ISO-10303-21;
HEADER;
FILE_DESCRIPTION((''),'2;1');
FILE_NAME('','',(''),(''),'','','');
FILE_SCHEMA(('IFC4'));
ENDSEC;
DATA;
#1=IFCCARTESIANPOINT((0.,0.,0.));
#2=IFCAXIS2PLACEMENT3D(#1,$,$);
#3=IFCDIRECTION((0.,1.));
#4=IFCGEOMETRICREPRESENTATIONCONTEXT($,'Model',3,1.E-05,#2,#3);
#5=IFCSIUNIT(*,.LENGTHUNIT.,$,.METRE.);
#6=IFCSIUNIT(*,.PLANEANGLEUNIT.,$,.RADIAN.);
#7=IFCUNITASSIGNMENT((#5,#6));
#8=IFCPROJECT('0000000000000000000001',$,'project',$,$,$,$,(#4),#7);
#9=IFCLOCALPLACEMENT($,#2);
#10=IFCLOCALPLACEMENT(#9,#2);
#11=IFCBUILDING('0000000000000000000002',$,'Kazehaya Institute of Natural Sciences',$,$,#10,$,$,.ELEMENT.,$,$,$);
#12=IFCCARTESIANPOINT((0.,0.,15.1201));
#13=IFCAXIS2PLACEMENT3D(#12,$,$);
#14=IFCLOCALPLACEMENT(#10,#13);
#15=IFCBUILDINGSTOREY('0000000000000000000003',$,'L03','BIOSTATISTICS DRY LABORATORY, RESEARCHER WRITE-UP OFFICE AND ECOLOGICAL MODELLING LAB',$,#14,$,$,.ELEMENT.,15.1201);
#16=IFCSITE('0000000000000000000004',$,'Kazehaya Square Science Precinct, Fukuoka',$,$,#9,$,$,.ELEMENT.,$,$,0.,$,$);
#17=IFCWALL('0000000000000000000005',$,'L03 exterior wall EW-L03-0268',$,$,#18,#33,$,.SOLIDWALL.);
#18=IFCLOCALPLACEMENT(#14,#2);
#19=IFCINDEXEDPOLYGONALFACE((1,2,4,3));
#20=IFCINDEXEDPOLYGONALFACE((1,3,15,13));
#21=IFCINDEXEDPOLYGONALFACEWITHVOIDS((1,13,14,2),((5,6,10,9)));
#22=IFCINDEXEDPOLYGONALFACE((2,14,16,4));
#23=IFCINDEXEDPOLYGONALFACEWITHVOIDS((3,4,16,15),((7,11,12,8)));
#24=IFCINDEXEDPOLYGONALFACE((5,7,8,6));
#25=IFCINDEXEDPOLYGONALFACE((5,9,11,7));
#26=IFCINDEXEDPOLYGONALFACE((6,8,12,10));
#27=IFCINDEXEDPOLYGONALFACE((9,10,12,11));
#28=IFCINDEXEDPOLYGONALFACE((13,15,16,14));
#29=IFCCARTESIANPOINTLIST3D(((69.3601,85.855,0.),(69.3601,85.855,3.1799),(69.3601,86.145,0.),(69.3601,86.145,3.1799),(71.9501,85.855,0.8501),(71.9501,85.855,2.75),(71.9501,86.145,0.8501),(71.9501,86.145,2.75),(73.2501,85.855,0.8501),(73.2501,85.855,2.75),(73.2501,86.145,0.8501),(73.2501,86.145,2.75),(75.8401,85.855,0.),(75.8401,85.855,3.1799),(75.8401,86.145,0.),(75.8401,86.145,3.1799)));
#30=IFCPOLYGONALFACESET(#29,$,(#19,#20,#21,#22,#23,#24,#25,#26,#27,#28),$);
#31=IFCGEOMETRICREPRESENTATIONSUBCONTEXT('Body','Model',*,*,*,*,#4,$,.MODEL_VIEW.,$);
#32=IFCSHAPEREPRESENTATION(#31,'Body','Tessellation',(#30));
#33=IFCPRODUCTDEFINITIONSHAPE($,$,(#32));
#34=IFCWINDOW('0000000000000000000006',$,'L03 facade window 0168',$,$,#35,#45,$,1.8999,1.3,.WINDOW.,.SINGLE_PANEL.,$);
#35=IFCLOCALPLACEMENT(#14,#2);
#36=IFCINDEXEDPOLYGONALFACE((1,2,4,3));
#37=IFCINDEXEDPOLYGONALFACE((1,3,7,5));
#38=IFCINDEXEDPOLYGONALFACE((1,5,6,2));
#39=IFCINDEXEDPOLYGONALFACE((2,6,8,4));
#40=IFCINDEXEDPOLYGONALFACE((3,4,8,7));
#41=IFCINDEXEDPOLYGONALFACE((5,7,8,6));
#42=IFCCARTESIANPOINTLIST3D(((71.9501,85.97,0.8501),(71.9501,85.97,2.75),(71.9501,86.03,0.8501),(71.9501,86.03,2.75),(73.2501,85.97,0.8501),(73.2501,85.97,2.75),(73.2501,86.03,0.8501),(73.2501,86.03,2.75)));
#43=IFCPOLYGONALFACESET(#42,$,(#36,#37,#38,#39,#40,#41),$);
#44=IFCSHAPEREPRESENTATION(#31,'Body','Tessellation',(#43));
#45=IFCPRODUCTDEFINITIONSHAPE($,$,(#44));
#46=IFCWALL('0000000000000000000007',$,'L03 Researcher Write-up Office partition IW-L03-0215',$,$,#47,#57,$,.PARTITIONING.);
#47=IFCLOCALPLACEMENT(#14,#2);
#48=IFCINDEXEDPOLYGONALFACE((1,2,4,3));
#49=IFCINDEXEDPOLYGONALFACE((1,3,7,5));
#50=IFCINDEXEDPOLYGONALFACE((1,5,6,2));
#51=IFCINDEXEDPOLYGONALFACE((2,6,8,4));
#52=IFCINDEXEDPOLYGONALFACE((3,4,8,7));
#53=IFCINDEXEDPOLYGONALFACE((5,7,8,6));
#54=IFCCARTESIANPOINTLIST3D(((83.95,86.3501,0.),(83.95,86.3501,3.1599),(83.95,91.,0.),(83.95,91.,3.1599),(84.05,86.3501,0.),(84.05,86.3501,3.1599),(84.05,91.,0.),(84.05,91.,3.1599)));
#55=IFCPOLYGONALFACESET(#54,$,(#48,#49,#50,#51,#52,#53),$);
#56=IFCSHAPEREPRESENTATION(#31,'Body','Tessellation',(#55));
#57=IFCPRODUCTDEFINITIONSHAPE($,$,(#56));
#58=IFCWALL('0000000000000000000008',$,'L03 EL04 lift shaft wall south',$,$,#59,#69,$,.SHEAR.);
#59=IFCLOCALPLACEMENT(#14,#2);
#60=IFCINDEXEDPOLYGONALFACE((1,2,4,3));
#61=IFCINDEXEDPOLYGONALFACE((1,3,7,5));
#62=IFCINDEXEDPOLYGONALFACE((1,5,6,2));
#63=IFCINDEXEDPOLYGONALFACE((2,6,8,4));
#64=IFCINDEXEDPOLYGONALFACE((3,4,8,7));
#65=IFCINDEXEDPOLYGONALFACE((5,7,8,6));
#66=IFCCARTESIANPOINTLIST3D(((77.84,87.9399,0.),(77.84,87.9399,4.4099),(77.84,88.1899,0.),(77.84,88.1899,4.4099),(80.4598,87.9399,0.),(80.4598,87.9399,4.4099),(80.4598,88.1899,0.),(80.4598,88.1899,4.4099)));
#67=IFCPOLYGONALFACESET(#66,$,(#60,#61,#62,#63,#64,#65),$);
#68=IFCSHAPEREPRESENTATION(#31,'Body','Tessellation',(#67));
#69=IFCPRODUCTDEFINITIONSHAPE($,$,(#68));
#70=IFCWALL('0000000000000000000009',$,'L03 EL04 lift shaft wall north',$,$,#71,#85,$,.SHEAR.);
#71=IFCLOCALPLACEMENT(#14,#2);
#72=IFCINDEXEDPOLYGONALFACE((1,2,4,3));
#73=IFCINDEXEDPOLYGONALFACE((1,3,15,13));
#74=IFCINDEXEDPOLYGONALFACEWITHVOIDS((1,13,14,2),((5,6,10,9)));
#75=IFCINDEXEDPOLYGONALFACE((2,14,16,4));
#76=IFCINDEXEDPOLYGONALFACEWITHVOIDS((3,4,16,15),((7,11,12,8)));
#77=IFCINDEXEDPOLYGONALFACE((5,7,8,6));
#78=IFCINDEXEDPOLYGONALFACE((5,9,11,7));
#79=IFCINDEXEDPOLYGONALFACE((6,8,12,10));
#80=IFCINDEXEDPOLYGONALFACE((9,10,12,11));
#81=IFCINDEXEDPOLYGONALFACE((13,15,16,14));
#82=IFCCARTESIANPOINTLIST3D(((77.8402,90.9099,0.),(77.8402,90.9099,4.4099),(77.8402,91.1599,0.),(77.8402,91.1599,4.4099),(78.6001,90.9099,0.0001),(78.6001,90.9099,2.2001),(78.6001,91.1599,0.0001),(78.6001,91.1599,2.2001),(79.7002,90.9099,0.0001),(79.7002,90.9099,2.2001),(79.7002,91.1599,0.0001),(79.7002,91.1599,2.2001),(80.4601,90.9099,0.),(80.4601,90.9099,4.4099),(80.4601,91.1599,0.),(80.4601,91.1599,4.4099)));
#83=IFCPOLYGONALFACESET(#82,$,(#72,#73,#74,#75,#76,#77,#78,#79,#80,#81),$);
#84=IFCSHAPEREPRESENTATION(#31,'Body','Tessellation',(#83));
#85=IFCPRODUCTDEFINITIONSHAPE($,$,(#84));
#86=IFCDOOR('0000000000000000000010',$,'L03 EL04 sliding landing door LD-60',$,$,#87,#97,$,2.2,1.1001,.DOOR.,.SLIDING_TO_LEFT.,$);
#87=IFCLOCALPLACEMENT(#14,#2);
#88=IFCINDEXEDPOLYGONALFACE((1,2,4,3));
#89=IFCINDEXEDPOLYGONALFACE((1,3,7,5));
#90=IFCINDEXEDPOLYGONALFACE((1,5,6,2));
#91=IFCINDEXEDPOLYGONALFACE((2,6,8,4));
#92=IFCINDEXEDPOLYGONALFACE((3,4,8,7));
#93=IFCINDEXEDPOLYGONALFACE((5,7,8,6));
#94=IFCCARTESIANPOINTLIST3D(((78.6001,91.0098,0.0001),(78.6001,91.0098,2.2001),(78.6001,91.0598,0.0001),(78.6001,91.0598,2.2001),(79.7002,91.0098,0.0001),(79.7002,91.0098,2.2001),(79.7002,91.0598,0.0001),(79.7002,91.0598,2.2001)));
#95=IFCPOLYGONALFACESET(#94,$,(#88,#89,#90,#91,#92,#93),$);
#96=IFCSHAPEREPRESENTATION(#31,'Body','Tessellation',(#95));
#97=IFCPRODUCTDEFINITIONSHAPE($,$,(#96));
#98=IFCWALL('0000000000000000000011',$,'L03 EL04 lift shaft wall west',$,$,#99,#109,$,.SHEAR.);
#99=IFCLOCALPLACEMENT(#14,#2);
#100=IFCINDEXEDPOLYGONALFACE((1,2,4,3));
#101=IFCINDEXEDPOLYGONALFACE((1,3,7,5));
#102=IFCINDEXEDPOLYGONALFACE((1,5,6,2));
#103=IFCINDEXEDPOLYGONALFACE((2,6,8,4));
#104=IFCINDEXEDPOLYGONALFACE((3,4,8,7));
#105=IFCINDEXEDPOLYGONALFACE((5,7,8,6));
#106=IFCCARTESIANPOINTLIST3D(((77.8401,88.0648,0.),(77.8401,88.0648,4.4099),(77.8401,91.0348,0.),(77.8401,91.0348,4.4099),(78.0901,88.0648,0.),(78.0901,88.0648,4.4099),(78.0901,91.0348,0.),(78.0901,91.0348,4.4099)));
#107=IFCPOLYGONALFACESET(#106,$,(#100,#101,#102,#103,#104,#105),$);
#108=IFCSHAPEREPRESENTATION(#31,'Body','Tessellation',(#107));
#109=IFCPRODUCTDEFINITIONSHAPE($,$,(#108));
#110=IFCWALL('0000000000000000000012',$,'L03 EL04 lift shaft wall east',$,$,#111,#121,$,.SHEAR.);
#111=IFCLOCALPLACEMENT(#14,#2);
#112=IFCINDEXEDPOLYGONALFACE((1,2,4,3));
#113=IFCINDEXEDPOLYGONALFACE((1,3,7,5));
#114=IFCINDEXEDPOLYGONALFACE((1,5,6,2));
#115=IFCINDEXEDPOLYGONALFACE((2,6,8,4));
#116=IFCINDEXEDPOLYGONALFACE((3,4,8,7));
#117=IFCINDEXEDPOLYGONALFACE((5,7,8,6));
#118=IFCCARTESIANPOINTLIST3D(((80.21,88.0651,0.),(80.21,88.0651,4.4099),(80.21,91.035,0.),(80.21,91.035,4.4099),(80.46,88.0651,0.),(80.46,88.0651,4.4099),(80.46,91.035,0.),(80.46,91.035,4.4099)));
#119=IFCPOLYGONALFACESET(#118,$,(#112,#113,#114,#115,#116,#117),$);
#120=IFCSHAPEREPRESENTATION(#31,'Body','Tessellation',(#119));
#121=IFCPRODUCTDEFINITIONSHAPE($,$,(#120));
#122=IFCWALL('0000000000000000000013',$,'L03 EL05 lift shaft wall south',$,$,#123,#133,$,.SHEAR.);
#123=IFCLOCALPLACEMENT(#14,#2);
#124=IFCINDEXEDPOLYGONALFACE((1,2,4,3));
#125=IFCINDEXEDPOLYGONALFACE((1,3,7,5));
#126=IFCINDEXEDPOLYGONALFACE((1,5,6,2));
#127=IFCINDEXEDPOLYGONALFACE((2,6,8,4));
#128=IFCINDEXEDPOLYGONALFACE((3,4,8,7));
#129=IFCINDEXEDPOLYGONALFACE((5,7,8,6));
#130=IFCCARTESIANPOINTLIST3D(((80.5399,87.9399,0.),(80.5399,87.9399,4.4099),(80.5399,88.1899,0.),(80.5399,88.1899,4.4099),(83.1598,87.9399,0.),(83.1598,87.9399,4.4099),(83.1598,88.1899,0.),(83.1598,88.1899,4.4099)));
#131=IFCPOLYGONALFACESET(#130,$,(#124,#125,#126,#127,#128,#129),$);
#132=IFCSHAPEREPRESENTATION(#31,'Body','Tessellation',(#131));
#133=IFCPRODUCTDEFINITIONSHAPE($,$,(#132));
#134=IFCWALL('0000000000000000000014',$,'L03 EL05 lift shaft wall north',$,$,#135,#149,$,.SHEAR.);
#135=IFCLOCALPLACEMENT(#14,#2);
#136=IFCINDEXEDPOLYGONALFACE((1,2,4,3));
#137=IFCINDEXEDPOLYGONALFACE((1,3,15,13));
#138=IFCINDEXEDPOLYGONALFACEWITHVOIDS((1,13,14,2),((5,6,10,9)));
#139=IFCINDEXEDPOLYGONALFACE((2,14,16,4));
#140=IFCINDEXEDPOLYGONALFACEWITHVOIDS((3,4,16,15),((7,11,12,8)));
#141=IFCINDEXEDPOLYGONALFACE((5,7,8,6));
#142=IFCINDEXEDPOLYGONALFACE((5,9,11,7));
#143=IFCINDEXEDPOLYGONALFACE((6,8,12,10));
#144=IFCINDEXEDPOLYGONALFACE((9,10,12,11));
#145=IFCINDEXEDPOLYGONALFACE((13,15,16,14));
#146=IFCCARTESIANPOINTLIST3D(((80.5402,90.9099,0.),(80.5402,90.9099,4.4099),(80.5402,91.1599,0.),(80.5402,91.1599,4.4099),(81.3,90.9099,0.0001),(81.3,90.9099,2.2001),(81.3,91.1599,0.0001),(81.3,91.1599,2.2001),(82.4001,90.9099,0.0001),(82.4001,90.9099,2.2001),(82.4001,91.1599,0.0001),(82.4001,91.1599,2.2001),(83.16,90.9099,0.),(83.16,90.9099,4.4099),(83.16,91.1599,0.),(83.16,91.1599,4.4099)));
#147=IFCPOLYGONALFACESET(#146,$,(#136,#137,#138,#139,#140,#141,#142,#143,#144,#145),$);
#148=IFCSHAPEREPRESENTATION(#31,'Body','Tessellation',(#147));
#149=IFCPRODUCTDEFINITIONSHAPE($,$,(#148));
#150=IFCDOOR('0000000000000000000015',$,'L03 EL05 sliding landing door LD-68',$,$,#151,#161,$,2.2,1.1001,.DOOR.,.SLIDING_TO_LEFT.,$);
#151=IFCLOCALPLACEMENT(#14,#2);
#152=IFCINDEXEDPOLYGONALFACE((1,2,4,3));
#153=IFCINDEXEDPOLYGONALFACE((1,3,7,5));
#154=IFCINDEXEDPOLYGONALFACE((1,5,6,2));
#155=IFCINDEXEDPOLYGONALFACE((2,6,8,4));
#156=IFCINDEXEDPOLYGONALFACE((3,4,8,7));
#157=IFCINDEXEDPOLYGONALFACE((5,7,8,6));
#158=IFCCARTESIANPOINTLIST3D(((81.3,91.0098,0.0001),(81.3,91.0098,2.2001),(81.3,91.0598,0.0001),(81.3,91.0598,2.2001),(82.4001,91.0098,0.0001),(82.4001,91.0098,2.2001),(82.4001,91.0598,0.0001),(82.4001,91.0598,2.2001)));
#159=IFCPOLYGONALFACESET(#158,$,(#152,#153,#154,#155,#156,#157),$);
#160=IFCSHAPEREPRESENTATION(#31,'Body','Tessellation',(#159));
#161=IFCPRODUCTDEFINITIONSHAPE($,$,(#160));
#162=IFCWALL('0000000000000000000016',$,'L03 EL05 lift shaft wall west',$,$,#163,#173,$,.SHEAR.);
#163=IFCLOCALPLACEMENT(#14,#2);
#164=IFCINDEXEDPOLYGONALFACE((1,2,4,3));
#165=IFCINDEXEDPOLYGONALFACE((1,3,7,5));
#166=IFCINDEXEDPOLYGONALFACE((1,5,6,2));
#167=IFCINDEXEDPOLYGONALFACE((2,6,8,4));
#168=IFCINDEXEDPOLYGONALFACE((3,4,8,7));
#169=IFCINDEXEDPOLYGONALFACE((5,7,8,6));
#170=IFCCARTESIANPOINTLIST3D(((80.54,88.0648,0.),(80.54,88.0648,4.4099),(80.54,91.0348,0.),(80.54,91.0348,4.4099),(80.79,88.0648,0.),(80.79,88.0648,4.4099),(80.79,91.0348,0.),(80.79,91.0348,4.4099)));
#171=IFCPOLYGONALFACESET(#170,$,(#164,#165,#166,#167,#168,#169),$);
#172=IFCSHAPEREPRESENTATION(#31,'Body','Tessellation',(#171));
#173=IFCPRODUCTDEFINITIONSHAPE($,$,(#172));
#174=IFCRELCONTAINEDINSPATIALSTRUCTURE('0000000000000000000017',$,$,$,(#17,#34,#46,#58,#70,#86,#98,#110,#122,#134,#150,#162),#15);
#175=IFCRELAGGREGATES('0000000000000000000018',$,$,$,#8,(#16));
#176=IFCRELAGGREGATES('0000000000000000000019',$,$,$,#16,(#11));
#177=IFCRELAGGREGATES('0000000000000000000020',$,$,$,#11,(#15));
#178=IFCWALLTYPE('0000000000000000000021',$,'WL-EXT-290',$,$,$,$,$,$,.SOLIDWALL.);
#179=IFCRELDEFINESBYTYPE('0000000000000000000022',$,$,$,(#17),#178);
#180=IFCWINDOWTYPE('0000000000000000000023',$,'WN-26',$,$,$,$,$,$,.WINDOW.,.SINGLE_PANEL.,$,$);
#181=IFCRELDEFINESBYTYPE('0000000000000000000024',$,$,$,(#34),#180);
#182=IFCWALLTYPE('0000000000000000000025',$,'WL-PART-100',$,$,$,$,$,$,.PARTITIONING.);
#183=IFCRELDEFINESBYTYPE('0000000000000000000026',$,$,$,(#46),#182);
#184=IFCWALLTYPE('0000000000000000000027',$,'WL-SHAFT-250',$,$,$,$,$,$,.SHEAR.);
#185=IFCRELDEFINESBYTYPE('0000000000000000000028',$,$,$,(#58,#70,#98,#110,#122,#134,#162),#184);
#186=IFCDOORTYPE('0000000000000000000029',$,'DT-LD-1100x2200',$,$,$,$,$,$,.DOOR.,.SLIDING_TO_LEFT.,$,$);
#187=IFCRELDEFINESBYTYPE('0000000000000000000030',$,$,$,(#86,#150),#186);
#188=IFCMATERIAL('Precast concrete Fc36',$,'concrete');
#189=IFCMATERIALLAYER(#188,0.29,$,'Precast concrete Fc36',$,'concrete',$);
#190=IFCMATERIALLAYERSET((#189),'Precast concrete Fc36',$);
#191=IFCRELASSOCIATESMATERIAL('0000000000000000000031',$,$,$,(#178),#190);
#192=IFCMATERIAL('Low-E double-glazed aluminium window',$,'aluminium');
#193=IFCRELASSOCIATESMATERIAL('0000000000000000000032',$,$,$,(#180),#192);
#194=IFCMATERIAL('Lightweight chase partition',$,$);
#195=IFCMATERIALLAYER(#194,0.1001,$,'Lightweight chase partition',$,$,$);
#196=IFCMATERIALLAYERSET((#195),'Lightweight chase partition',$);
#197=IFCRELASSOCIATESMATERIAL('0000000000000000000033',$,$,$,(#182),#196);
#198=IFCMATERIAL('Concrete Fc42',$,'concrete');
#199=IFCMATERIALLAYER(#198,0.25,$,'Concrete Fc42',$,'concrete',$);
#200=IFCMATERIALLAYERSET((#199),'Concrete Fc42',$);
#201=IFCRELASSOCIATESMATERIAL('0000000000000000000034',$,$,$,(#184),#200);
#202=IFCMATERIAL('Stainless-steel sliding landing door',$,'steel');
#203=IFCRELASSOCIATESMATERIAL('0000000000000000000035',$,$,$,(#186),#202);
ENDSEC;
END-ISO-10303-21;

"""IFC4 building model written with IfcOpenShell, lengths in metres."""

from ifc_helpers import new_model, si_unit, direction, frame, frame_2d, origin, place, context, subcontext, project, spatial, rectangle, extrude, material, layer, layer_set, type_object, element, fill, save


model = new_model("IFC4")

# Units and contexts
model_context = context("Model", 3, precision=1e-05, world=origin(), true_north=direction((0.0, 1.0)))
body_context = subcontext(model_context, "Body", "Model", "MODEL_VIEW")
ifc_project = project(units=[si_unit("LENGTHUNIT", "METRE"), si_unit("PLANEANGLEUNIT", "RADIAN")], contexts=[model_context])

# Site, building, storey
site_placement = place(None, origin())
site = spatial("IfcSite", under=ifc_project, at=site_placement, Name="Kazehaya Square Science Precinct, Fukuoka", CompositionType="ELEMENT", RefElevation=0.0)
building_placement = place(site_placement, origin())
building = spatial("IfcBuilding", under=site, at=building_placement, Name="Kazehaya Institute of Natural Sciences", CompositionType="ELEMENT")
storey_placement = place(building_placement, frame((0.0, 0.0, 15.1201)))
storey = spatial("IfcBuildingStorey", under=building, at=storey_placement, Name="L03", Description="BIOSTATISTICS DRY LABORATORY, RESEARCHER WRITE-UP OFFICE AND ECOLOGICAL MODELLING LAB", CompositionType="ELEMENT", Elevation=15.1201)

# Shared definitions
ifc_material_1 = material(Name="Concrete Fc42", Category="concrete")

# Wall, opening, window
ifc_material_2 = material(Name="Precast concrete Fc36", Category="concrete")
ifc_layer_1 = layer(ifc_material_2, 0.29, Name="Precast concrete Fc36", Category="concrete")
ifc_layer_set_1 = layer_set([ifc_layer_1], Name="Precast concrete Fc36")
wall_type_1 = type_object("IfcWallType", Name="WL-EXT-290", PredefinedType="SOLIDWALL", material=ifc_layer_set_1)
ifc_material_3 = material(Name="Low-E double-glazed aluminium window", Category="aluminium")
window_type = type_object("IfcWindowType", Name="WN-26", PartitioningType="SINGLE_PANEL", PredefinedType="WINDOW", material=ifc_material_3)
wall_1_placement = place(storey_placement, frame((75.8401, 86.0, 0.0), z_axis=(0.0, 0.0, 1.0), x_axis=(-1.0, 0.0, 0.0)))
wall_1 = element("IfcWall", 1, at=wall_1_placement, inside=storey, type_object=wall_type_1, Name="L03 exterior wall EW-L03-0268", PredefinedType="SOLIDWALL", context=body_context, shape_type="SweptSolid", body=[
    extrude(rectangle(XDim=6.48, YDim=0.29, at=frame_2d((3.24, 0.0))), origin(), (0.0, 0.0, 1.0), 3.1799),
])
opening_1_placement = place(wall_1_placement, frame((2.5901, 0.0, 0.8501)))
opening_1 = element("IfcOpeningElement", 2, at=opening_1_placement, cuts=wall_1, PredefinedType="OPENING", context=body_context, shape_type="SweptSolid", body=[
    extrude(rectangle(XDim=1.3, YDim=1.8999, at=frame_2d((0.6499, 0.95))), frame((0.0, 0.155, 0.0), z_axis=(0.0, -1.0, 0.0), x_axis=(1.0, 0.0, 0.0)), (0.0, 0.0, 1.0), 0.3101),
])
window_1_placement = place(opening_1_placement, origin())
window_1 = element("IfcWindow", 3, at=window_1_placement, inside=storey, type_object=window_type, Name="L03 facade window 0168", OverallHeight=1.8999, OverallWidth=1.3, PartitioningType="SINGLE_PANEL", PredefinedType="WINDOW", context=body_context, shape_type="SweptSolid", body=[
    extrude(rectangle(XDim=1.3, YDim=1.8999, at=frame_2d((0.6499, 0.95))), frame((0.0, 0.03, 0.0), z_axis=(0.0, -1.0, 0.0), x_axis=(1.0, 0.0, 0.0)), (0.0, 0.0, 1.0), 0.0601),
])
fill(opening_1, window_1)

# Walls
ifc_material_4 = material(Name="Lightweight chase partition")
ifc_layer_2 = layer(ifc_material_4, 0.1001, Name="Lightweight chase partition")
ifc_layer_set_2 = layer_set([ifc_layer_2], Name="Lightweight chase partition")
wall_type_2 = type_object("IfcWallType", Name="WL-PART-100", PredefinedType="PARTITIONING", material=ifc_layer_set_2)
wall_2_placement = place(storey_placement, frame((84.0, 86.3501, 0.0), z_axis=(0.0, 0.0, 1.0), x_axis=(0.0, 1.0, 0.0)))
element("IfcWall", 4, at=wall_2_placement, inside=storey, type_object=wall_type_2, Name="L03 Researcher Write-up Office partition IW-L03-0215", PredefinedType="PARTITIONING", context=body_context, shape_type="SweptSolid", body=[
    extrude(rectangle(XDim=4.6499, YDim=0.1001, at=frame_2d((2.325, 0.0))), origin(), (0.0, 0.0, 1.0), 3.1599),
])
ifc_layer_3 = layer(ifc_material_1, 0.25, Name="Concrete Fc42", Category="concrete")
ifc_layer_set_3 = layer_set([ifc_layer_3], Name="Concrete Fc42")
wall_type_3 = type_object("IfcWallType", Name="WL-SHAFT-250", PredefinedType="SHEAR", material=ifc_layer_set_3)
wall_3_placement = place(storey_placement, frame((80.46, 88.0649, 0.0), z_axis=(0.0, 0.0, 1.0), x_axis=(-1.0, 0.0, 0.0)))
element("IfcWall", 5, at=wall_3_placement, inside=storey, type_object=wall_type_3, Name="L03 EL04 lift shaft wall south", PredefinedType="SHEAR", context=body_context, shape_type="SweptSolid", body=[
    extrude(rectangle(XDim=2.6199, YDim=0.25, at=frame_2d((1.3101, 0.0))), origin(), (0.0, 0.0, 1.0), 4.4099),
])

# Wall, opening, door
wall_4_placement = place(storey_placement, frame((77.8401, 91.0349, 0.0), z_axis=(0.0, 0.0, 1.0), x_axis=(1.0, 0.0, 0.0)))
wall_4 = element("IfcWall", 6, at=wall_4_placement, inside=storey, type_object=wall_type_3, Name="L03 EL04 lift shaft wall north", PredefinedType="SHEAR", context=body_context, shape_type="SweptSolid", body=[
    extrude(rectangle(XDim=2.6199, YDim=0.25, at=frame_2d((1.3101, 0.0))), origin(), (0.0, 0.0, 1.0), 4.4099),
])
opening_2_placement = place(wall_4_placement, frame((0.76, 0.0, 0.0)))
opening_2 = element("IfcOpeningElement", 7, at=opening_2_placement, cuts=wall_4, PredefinedType="OPENING", context=body_context, shape_type="SweptSolid", body=[
    extrude(rectangle(XDim=1.1001, YDim=2.2, at=frame_2d((0.55, 1.1001))), frame((0.0, 0.135, 0.0), z_axis=(0.0, -1.0, 0.0), x_axis=(1.0, 0.0, 0.0)), (0.0, 0.0, 1.0), 0.27),
])
ifc_material_5 = material(Name="Stainless-steel sliding landing door", Category="steel")
door_type = type_object("IfcDoorType", Name="DT-LD-1100x2200", OperationType="SLIDING_TO_LEFT", PredefinedType="DOOR", material=ifc_material_5)
door_1_placement = place(opening_2_placement, origin())
door_1 = element("IfcDoor", 8, at=door_1_placement, inside=storey, type_object=door_type, Name="L03 EL04 sliding landing door LD-60", OperationType="SLIDING_TO_LEFT", OverallHeight=2.2, OverallWidth=1.1001, PredefinedType="DOOR", context=body_context, shape_type="SweptSolid", body=[
    extrude(rectangle(XDim=1.1001, YDim=2.2, at=frame_2d((0.55, 1.1001))), frame((0.0, 0.0249, 0.0), z_axis=(0.0, -1.0, 0.0), x_axis=(1.0, 0.0, 0.0)), (0.0, 0.0, 1.0), 0.05),
])
fill(opening_2, door_1)

# Walls
for number, where, z_axis, x_axis, name in (
    (9, (77.9651, 88.0649, 0.0), (0.0, 0.0, 1.0), (0.0, 1.0, 0.0), "L03 EL04 lift shaft wall west"),
    (10, (80.335, 91.0349, 0.0), (0.0, 0.0, 1.0), (0.0, -1.0, 0.0), "L03 EL04 lift shaft wall east"),
):
    element("IfcWall", number, at=place(storey_placement, frame(where, z_axis=z_axis, x_axis=x_axis)), inside=storey, type_object=wall_type_3, Name=name, PredefinedType="SHEAR", context=body_context, shape_type="SweptSolid", body=[
        extrude(rectangle(XDim=2.97, YDim=0.25, at=frame_2d((1.4849, 0.0))), origin(), (0.0, 0.0, 1.0), 4.4099),
    ])
wall_5_placement = place(storey_placement, frame((83.1599, 88.0649, 0.0), z_axis=(0.0, 0.0, 1.0), x_axis=(-1.0, 0.0, 0.0)))
element("IfcWall", 11, at=wall_5_placement, inside=storey, type_object=wall_type_3, Name="L03 EL05 lift shaft wall south", PredefinedType="SHEAR", context=body_context, shape_type="SweptSolid", body=[
    extrude(rectangle(XDim=2.6199, YDim=0.25, at=frame_2d((1.3101, 0.0))), origin(), (0.0, 0.0, 1.0), 4.4099),
])

# Wall, opening, door
wall_6_placement = place(storey_placement, frame((80.54, 91.0349, 0.0), z_axis=(0.0, 0.0, 1.0), x_axis=(1.0, 0.0, 0.0)))
wall_6 = element("IfcWall", 12, at=wall_6_placement, inside=storey, type_object=wall_type_3, Name="L03 EL05 lift shaft wall north", PredefinedType="SHEAR", context=body_context, shape_type="SweptSolid", body=[
    extrude(rectangle(XDim=2.6199, YDim=0.25, at=frame_2d((1.3101, 0.0))), origin(), (0.0, 0.0, 1.0), 4.4099),
])
opening_3_placement = place(wall_6_placement, frame((0.76, 0.0, 0.0)))
opening_3 = element("IfcOpeningElement", 13, at=opening_3_placement, cuts=wall_6, PredefinedType="OPENING", context=body_context, shape_type="SweptSolid", body=[
    extrude(rectangle(XDim=1.1001, YDim=2.2, at=frame_2d((0.55, 1.1001))), frame((0.0, 0.135, 0.0), z_axis=(0.0, -1.0, 0.0), x_axis=(1.0, 0.0, 0.0)), (0.0, 0.0, 1.0), 0.27),
])
door_2_placement = place(opening_3_placement, origin())
door_2 = element("IfcDoor", 14, at=door_2_placement, inside=storey, type_object=door_type, Name="L03 EL05 sliding landing door LD-68", OperationType="SLIDING_TO_LEFT", OverallHeight=2.2, OverallWidth=1.1001, PredefinedType="DOOR", context=body_context, shape_type="SweptSolid", body=[
    extrude(rectangle(XDim=1.1001, YDim=2.2, at=frame_2d((0.55, 1.1001))), frame((0.0, 0.0249, 0.0), z_axis=(0.0, -1.0, 0.0), x_axis=(1.0, 0.0, 0.0)), (0.0, 0.0, 1.0), 0.05),
])
fill(opening_3, door_2)

# Wall
for number, where, z_axis, x_axis, name in (
    (15, (80.665, 88.0649, 0.0), (0.0, 0.0, 1.0), (0.0, 1.0, 0.0), "L03 EL05 lift shaft wall west"),
):
    element("IfcWall", number, at=place(storey_placement, frame(where, z_axis=z_axis, x_axis=x_axis)), inside=storey, type_object=wall_type_3, Name=name, PredefinedType="SHEAR", context=body_context, shape_type="SweptSolid", body=[
        extrude(rectangle(XDim=2.97, YDim=0.25, at=frame_2d((1.4849, 0.0))), origin(), (0.0, 0.0, 1.0), 4.4099),
    ])

save(model, "model.ifc")
